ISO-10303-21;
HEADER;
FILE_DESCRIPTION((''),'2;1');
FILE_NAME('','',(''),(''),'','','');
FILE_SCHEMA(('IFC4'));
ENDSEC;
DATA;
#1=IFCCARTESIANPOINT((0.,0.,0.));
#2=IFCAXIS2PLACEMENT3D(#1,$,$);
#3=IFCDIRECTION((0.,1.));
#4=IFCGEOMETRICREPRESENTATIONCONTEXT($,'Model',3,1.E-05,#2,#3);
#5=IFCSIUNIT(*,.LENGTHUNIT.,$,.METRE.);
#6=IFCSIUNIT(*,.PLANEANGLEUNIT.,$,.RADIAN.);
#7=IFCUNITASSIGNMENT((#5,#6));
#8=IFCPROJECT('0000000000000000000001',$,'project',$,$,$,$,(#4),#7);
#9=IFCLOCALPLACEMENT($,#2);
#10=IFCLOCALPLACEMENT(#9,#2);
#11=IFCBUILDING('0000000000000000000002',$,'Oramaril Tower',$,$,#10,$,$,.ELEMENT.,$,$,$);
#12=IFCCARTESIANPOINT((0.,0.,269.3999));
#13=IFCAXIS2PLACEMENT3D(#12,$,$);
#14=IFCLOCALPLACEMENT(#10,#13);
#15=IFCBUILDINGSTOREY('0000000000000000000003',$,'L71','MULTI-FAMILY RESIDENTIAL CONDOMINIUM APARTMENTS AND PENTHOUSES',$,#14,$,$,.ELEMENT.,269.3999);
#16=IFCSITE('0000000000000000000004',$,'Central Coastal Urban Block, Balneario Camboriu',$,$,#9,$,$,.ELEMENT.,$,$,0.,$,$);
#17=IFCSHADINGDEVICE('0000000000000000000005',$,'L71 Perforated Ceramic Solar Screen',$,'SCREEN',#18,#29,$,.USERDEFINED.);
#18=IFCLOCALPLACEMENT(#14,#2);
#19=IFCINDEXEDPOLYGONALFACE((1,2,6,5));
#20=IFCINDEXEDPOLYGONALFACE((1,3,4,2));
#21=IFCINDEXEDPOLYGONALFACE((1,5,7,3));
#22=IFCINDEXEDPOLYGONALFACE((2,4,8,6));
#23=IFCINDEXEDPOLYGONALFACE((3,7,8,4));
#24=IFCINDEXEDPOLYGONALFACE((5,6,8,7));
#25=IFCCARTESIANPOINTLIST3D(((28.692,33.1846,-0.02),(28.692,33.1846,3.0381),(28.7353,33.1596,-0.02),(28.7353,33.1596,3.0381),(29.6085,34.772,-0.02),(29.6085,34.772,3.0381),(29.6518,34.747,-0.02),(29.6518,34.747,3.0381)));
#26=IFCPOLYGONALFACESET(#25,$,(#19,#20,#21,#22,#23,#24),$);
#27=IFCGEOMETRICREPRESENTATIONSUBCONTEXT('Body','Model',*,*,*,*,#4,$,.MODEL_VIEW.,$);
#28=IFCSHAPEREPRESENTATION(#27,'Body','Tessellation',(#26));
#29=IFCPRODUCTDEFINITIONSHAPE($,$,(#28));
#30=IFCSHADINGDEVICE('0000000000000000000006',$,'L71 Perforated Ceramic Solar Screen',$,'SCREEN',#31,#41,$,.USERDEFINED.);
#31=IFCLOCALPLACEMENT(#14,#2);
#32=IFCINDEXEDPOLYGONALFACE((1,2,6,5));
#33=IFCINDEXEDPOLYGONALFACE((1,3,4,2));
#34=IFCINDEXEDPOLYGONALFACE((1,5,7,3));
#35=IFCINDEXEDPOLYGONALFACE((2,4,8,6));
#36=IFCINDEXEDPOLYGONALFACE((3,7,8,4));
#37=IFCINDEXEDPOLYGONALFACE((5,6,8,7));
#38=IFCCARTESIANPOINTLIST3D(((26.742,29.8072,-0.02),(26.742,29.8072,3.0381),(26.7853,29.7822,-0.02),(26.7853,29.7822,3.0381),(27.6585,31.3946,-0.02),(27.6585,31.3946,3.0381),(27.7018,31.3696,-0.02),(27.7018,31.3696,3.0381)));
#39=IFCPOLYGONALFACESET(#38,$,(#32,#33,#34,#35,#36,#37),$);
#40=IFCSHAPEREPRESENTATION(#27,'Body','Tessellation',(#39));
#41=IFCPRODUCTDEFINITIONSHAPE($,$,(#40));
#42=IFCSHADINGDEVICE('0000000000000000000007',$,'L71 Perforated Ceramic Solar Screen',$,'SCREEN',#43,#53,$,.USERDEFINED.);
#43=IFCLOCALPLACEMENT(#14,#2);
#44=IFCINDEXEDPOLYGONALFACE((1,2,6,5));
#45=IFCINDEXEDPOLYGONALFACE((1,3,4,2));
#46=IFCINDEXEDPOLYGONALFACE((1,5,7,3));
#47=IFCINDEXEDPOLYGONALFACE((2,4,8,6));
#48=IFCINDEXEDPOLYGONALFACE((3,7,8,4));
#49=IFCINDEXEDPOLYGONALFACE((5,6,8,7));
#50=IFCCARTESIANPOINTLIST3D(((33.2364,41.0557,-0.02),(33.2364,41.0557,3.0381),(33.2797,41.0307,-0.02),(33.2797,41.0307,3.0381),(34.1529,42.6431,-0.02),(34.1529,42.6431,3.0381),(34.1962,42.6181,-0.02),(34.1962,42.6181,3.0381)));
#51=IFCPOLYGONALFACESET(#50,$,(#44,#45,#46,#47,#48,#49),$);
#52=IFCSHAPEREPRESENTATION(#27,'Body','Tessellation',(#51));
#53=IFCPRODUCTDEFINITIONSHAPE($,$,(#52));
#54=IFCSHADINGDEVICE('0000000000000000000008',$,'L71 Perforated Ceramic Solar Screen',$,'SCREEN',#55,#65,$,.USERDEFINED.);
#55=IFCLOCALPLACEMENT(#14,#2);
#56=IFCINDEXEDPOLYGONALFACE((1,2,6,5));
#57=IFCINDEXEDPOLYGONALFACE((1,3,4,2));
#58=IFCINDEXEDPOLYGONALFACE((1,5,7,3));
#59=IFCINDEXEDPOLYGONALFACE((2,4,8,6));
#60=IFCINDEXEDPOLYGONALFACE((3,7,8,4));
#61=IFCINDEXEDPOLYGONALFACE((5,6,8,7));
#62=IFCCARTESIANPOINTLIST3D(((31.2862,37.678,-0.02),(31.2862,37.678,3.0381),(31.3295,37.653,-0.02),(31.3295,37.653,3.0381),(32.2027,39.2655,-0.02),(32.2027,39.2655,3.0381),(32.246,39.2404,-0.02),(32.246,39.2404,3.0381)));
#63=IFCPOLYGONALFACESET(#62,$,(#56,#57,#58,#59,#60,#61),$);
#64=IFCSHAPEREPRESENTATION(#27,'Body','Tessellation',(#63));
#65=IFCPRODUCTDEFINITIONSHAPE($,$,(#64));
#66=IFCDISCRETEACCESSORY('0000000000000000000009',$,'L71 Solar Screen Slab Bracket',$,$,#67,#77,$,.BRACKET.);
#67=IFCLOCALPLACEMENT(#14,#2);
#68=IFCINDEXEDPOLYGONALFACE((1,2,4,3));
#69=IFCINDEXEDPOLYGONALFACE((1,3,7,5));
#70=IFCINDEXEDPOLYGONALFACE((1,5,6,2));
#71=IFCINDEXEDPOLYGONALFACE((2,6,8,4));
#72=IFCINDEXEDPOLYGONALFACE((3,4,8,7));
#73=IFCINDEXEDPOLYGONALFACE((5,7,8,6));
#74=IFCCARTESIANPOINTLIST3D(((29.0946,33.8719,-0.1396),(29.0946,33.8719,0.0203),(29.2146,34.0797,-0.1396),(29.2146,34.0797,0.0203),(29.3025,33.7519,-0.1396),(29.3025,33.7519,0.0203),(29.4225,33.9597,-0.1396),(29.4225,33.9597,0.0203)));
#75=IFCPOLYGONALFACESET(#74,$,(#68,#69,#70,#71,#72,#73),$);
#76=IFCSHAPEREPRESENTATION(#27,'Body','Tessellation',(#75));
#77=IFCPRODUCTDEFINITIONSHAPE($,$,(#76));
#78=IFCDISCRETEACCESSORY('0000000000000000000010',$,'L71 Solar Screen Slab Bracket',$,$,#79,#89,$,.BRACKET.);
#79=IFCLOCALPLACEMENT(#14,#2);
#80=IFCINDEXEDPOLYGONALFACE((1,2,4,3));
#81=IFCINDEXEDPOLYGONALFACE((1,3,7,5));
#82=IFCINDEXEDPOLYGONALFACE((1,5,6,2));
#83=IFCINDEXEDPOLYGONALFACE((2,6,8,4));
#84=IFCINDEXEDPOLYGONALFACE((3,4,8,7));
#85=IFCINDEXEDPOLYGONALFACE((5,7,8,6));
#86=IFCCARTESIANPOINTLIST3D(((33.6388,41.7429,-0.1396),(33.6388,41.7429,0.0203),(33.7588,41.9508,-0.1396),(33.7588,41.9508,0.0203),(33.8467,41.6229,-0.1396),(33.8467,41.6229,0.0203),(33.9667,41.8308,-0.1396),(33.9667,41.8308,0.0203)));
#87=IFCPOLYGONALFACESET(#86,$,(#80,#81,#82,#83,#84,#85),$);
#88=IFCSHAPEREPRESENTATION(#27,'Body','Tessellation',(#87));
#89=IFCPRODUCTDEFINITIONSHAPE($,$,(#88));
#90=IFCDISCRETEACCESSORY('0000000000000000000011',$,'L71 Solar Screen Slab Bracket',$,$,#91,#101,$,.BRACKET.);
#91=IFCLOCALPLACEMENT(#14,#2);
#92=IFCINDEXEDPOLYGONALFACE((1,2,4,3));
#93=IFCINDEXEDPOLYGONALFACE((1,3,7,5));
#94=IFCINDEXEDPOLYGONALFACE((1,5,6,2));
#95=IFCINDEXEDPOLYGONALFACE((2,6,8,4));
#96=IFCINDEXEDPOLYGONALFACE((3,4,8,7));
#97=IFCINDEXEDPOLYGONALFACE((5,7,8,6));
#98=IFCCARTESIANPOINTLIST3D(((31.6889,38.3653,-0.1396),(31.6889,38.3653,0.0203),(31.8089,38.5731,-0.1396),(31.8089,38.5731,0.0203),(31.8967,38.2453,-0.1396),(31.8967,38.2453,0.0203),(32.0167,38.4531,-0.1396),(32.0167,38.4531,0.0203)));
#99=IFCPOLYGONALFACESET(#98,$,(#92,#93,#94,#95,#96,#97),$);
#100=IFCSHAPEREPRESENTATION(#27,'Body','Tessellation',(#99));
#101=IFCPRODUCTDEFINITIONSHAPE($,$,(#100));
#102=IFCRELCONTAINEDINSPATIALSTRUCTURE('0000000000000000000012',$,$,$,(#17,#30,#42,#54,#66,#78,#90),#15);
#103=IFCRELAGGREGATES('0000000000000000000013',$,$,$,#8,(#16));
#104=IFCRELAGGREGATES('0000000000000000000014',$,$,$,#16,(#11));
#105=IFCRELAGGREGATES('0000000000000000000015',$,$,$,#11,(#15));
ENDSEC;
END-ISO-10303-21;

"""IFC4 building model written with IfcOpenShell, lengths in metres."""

from ifc_helpers import new_model, si_unit, direction, frame, origin, origin_2d, place, context, subcontext, project, spatial, rectangle, extrude, element, save


model = new_model("IFC4")

# Units and contexts
model_context = context("Model", 3, precision=1e-05, world=origin(), true_north=direction((0.0, 1.0)))
body_context = subcontext(model_context, "Body", "Model", "MODEL_VIEW")
ifc_project = project(units=[si_unit("LENGTHUNIT", "METRE"), si_unit("PLANEANGLEUNIT", "RADIAN")], contexts=[model_context])

# Site, building, storey
site_placement = place(None, origin())
site = spatial("IfcSite", under=ifc_project, at=site_placement, Name="Central Coastal Urban Block, Balneario Camboriu", CompositionType="ELEMENT", RefElevation=0.0)
building_placement = place(site_placement, origin())
building = spatial("IfcBuilding", under=site, at=building_placement, Name="Oramaril Tower", CompositionType="ELEMENT")
storey_placement = place(building_placement, frame((0.0, 0.0, 269.3999)))
storey = spatial("IfcBuildingStorey", under=building, at=storey_placement, Name="L71", Description="MULTI-FAMILY RESIDENTIAL CONDOMINIUM APARTMENTS AND PENTHOUSES", CompositionType="ELEMENT", Elevation=269.3999)

# Shading devices
for number, where, z_axis, x_axis, name in (
    (1, (29.1719, 33.9658, -0.02), (0.0, 0.0, 1.0), (-0.5, -0.866025, 0.0), "L71 Perforated Ceramic Solar Screen"),
    (2, (27.2219, 30.5884, -0.02), (0.0, 0.0, 1.0), (-0.5, -0.866025, 0.0), "L71 Perforated Ceramic Solar Screen"),
    (3, (33.7163, 41.8369, -0.02), (0.0, 0.0, 1.0), (-0.5, -0.866025, 0.0), "L71 Perforated Ceramic Solar Screen"),
    (4, (31.7661, 38.4592, -0.02), (0.0, 0.0, 1.0), (-0.5, -0.866025, 0.0), "L71 Perforated Ceramic Solar Screen"),
):
    element("IfcShadingDevice", number, at=place(storey_placement, frame(where, z_axis=z_axis, x_axis=x_axis)), inside=storey, Name=name, ObjectType="SCREEN", PredefinedType="USERDEFINED", context=body_context, shape_type="SweptSolid", body=[
        extrude(rectangle(XDim=1.833, YDim=0.05, at=origin_2d()), origin(), (0.0, 0.0, 1.0), 3.0581),
    ])

# Discrete accessories
for number, where, z_axis, x_axis, name in (
    (5, (29.2585, 33.9158, -0.1396), (0.0, 0.0, 1.0), (-0.5, -0.866025, 0.0), "L71 Solar Screen Slab Bracket"),
    (6, (33.8027, 41.7869, -0.1396), (0.0, 0.0, 1.0), (-0.5, -0.866025, 0.0), "L71 Solar Screen Slab Bracket"),
    (7, (31.8528, 38.4092, -0.1396), (0.0, 0.0, 1.0), (-0.5, -0.866025, 0.0), "L71 Solar Screen Slab Bracket"),
):
    element("IfcDiscreteAccessory", number, at=place(storey_placement, frame(where, z_axis=z_axis, x_axis=x_axis)), inside=storey, Name=name, PredefinedType="BRACKET", context=body_context, shape_type="SweptSolid", body=[
        extrude(rectangle(XDim=0.24, YDim=0.24, at=origin_2d()), origin(), (0.0, 0.0, 1.0), 0.1599),
    ])

save(model, "model.ifc")
